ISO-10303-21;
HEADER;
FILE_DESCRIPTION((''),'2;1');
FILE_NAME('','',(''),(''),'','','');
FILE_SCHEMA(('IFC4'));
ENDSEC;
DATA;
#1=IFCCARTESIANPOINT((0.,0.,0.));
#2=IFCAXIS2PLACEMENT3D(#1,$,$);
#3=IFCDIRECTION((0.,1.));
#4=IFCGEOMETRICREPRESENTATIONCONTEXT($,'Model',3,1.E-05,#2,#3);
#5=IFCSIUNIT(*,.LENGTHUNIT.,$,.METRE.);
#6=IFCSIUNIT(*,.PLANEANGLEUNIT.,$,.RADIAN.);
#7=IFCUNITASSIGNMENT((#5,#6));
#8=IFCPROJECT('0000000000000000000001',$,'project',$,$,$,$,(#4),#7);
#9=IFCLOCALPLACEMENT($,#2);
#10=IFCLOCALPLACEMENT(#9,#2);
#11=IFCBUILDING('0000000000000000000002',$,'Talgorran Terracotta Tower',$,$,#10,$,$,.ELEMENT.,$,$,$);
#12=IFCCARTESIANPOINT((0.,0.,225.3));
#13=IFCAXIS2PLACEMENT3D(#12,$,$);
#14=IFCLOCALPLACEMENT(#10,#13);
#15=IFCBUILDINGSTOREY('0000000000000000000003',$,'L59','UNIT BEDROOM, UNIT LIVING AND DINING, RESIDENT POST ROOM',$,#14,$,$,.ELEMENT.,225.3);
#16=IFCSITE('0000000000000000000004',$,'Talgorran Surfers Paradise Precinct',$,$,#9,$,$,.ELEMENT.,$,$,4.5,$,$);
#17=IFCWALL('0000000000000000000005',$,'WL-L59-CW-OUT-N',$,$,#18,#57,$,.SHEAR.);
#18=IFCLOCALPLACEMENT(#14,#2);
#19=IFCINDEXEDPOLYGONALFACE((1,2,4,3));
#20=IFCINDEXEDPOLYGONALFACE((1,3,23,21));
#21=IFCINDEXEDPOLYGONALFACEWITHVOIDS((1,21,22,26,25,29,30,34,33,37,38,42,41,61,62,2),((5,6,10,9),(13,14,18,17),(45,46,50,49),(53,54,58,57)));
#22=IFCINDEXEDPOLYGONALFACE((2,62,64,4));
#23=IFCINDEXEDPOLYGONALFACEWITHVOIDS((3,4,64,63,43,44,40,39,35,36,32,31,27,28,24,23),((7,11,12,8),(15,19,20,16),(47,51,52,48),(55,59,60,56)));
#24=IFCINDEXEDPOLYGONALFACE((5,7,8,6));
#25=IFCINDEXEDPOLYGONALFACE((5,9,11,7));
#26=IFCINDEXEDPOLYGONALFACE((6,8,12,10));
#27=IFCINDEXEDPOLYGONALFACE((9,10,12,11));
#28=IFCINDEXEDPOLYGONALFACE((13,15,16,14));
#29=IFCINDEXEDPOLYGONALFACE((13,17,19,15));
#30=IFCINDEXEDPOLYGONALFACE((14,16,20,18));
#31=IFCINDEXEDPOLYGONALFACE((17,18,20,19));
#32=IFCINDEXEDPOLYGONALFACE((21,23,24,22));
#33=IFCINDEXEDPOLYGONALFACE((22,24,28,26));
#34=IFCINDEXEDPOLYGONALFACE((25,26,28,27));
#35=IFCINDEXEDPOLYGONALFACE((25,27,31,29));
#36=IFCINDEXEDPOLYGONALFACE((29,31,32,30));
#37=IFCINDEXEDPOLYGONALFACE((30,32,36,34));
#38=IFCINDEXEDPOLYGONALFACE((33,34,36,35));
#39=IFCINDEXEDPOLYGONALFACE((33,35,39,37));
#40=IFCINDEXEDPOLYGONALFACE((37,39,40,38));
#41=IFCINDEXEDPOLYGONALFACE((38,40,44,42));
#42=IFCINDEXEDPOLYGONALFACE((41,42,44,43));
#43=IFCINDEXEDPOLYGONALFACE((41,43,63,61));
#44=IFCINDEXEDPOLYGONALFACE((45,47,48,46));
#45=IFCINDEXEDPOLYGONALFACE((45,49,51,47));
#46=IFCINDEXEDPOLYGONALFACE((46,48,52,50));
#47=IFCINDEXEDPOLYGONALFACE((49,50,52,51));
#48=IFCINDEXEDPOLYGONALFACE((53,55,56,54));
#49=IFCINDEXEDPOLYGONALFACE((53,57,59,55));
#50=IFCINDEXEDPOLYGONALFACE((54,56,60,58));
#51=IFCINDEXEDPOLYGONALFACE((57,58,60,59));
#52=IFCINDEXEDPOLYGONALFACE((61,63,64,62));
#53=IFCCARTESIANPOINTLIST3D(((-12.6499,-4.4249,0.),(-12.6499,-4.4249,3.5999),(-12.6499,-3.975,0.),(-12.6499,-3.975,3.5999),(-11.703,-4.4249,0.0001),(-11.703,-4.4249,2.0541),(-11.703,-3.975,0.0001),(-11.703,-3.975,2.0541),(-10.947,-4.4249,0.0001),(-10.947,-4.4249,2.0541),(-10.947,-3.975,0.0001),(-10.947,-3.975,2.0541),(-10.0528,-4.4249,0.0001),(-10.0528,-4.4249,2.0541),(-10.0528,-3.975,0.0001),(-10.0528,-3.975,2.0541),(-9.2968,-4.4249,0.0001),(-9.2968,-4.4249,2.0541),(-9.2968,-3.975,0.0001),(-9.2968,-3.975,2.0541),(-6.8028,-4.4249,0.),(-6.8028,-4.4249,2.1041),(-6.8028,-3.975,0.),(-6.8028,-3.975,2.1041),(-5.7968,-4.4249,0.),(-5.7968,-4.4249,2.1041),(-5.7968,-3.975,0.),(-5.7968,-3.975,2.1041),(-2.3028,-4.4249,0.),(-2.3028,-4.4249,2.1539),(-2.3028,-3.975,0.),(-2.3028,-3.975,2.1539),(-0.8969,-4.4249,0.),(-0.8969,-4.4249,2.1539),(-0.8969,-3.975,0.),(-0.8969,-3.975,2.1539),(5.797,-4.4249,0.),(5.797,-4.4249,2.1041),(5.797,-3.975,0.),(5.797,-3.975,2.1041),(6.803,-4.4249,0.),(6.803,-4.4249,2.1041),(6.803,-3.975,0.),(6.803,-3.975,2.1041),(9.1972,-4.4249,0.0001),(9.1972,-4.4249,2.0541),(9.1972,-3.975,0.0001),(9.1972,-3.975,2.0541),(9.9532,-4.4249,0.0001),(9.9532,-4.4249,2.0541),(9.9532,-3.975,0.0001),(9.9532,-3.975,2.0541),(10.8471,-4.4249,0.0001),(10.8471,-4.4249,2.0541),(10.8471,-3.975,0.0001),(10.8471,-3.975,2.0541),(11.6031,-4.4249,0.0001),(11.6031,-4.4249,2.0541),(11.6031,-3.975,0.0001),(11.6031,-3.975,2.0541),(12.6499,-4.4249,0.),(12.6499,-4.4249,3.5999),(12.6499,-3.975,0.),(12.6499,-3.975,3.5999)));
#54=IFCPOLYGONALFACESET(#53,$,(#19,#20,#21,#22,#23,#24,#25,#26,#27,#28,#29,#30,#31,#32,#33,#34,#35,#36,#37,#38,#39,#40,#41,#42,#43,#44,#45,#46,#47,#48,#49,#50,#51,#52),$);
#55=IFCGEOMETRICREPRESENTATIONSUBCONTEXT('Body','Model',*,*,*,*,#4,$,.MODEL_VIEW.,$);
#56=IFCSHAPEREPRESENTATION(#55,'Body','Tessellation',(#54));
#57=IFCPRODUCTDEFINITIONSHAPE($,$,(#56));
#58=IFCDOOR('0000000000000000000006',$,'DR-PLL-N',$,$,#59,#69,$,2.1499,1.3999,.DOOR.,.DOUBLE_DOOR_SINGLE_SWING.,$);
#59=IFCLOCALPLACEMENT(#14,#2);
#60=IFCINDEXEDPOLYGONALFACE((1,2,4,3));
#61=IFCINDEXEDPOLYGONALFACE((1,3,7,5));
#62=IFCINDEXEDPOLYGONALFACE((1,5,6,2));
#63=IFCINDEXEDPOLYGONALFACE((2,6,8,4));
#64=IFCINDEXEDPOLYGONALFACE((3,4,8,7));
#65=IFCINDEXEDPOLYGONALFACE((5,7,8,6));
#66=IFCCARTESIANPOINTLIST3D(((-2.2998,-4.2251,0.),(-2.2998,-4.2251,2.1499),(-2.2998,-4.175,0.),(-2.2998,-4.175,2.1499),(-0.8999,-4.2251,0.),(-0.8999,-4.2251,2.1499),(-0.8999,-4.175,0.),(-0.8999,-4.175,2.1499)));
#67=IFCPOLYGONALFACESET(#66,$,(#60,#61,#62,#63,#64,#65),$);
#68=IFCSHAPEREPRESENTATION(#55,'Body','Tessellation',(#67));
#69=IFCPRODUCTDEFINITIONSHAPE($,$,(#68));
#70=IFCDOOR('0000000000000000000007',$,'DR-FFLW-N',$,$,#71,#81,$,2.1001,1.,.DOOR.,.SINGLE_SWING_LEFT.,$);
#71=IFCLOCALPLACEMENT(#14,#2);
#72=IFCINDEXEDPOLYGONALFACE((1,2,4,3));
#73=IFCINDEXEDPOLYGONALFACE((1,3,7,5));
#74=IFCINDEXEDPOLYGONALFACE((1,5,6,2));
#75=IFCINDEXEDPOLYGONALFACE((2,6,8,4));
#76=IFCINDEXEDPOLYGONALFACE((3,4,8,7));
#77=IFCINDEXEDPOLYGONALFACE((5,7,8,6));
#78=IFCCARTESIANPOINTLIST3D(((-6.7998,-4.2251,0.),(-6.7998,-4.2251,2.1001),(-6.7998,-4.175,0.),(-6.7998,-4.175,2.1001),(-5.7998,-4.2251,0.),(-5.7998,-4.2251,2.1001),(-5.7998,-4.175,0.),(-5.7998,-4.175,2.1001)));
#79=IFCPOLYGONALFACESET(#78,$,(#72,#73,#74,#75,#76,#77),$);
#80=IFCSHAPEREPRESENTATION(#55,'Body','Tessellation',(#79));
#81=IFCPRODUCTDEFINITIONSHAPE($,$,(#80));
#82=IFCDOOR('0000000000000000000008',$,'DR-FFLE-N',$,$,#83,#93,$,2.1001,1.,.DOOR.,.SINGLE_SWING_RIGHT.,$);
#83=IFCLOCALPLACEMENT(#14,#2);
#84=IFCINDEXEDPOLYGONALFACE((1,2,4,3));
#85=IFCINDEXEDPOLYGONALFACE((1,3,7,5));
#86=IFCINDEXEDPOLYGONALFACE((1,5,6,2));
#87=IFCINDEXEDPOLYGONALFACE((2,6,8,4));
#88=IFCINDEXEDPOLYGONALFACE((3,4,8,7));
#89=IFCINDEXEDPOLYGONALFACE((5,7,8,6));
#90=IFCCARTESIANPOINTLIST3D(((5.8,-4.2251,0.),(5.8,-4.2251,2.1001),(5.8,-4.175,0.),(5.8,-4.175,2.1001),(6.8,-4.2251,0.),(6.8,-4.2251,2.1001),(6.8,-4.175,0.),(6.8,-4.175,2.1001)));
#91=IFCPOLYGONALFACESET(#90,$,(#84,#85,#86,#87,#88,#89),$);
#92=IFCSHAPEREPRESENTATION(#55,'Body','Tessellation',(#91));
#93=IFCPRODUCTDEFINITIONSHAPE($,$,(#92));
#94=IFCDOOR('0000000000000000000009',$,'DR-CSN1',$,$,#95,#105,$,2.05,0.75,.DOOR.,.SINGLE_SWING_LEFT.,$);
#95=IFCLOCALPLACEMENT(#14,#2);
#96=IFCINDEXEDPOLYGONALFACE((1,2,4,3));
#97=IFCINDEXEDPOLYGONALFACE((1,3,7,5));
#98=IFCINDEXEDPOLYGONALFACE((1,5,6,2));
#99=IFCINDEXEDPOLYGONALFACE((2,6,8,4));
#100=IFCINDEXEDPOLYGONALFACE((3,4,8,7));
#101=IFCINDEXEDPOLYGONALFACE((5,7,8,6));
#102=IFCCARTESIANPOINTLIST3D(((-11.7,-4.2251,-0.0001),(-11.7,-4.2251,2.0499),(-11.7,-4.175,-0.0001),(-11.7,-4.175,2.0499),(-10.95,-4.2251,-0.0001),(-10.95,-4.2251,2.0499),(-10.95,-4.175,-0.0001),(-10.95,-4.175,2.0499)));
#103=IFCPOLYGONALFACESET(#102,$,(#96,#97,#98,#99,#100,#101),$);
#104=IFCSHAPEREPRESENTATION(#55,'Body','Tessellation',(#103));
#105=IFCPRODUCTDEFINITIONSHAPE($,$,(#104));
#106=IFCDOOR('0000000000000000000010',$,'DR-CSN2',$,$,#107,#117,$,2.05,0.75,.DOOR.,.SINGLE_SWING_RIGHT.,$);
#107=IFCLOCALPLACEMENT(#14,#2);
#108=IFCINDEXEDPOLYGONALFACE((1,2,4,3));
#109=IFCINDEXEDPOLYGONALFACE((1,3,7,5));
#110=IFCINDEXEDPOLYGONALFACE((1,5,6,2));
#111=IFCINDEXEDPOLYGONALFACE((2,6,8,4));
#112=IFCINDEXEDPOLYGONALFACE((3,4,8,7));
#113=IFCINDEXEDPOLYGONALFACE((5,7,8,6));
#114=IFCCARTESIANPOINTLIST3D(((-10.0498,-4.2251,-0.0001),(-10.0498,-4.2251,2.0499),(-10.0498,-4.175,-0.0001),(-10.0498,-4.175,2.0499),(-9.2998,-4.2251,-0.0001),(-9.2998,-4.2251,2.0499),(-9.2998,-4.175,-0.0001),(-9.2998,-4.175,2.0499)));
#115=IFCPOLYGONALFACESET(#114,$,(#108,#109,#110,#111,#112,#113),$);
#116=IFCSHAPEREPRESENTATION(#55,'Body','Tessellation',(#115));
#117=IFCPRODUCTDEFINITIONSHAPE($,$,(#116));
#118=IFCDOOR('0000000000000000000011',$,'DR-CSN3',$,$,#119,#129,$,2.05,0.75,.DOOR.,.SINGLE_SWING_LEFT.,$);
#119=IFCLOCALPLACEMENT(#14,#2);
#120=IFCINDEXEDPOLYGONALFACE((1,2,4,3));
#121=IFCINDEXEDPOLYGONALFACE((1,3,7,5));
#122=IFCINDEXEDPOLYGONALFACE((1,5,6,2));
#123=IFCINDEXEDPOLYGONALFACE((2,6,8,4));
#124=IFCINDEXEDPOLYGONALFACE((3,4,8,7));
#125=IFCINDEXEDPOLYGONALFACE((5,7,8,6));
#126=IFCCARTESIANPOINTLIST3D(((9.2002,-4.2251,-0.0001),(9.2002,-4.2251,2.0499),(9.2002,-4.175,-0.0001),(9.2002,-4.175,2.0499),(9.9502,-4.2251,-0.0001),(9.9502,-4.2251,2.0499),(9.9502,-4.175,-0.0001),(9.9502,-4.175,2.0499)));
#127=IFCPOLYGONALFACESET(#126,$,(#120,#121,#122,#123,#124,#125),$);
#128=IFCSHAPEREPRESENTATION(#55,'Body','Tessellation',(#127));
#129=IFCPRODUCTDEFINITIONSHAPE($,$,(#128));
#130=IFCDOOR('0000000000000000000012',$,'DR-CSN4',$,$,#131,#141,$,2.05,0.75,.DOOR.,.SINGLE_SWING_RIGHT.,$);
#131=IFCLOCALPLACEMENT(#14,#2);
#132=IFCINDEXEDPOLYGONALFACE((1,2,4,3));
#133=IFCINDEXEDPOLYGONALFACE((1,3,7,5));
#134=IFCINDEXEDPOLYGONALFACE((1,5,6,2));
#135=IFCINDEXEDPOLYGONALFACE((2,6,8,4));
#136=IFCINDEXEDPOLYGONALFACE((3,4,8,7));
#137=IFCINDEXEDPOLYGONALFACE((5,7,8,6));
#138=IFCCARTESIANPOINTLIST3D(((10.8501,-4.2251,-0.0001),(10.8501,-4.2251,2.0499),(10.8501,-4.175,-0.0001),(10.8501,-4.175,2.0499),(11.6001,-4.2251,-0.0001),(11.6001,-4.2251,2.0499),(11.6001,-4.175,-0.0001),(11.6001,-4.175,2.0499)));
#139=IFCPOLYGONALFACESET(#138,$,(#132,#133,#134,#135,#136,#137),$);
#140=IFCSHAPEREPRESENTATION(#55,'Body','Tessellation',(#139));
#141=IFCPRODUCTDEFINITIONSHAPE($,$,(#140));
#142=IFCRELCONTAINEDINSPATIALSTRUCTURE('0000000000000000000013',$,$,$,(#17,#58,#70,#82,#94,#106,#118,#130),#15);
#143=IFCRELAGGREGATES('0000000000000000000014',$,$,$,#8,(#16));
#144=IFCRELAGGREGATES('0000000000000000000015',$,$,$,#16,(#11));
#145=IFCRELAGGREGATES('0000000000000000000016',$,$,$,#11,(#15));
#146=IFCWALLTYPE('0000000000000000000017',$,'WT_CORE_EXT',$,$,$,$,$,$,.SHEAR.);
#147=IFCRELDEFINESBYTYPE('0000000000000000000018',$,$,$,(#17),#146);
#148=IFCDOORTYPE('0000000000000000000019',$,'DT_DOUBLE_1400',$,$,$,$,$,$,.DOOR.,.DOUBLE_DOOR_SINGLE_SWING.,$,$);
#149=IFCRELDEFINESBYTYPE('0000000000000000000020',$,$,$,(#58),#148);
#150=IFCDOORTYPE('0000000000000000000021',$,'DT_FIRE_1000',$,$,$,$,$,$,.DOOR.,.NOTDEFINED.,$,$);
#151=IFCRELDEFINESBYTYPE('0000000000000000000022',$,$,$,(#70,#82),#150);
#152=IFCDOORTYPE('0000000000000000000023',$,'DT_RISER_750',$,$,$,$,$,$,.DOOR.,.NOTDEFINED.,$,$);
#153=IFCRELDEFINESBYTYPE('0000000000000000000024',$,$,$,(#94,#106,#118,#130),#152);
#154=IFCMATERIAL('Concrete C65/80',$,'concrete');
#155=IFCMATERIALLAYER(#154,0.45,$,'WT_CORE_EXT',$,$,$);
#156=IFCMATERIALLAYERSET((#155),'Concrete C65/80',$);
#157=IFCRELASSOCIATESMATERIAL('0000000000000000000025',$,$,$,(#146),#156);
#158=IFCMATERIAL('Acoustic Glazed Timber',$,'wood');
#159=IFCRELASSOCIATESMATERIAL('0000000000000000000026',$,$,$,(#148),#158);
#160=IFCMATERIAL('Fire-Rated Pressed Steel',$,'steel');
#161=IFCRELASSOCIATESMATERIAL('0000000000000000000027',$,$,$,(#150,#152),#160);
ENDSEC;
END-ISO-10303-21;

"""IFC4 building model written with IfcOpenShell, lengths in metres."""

from ifc_helpers import new_model, si_unit, direction, frame, frame_2d, origin, place, context, subcontext, project, spatial, rectangle, extrude, material, layer, layer_set, type_object, element, fill, save


model = new_model("IFC4")

# Units and contexts
model_context = context("Model", 3, precision=1e-05, world=origin(), true_north=direction((0.0, 1.0)))
body_context = subcontext(model_context, "Body", "Model", "MODEL_VIEW")
ifc_project = project(units=[si_unit("LENGTHUNIT", "METRE"), si_unit("PLANEANGLEUNIT", "RADIAN")], contexts=[model_context])

# Site, building, storey
site_placement = place(None, origin())
site = spatial("IfcSite", under=ifc_project, at=site_placement, Name="Talgorran Surfers Paradise Precinct", CompositionType="ELEMENT", RefElevation=4.5)
building_placement = place(site_placement, origin())
building = spatial("IfcBuilding", under=site, at=building_placement, Name="Talgorran Terracotta Tower", CompositionType="ELEMENT")
storey_placement = place(building_placement, frame((0.0, 0.0, 225.3)))
storey = spatial("IfcBuildingStorey", under=building, at=storey_placement, Name="L59", Description="UNIT BEDROOM, UNIT LIVING AND DINING, RESIDENT POST ROOM", CompositionType="ELEMENT", Elevation=225.3)

# Wall, openings, doors
ifc_material_1 = material(Name="Concrete C65/80", Category="concrete")
ifc_layer_1 = layer(ifc_material_1, 0.45, Name="WT_CORE_EXT")
ifc_layer_set_1 = layer_set([ifc_layer_1], Name="Concrete C65/80")
wall_type_1 = type_object("IfcWallType", Name="WT_CORE_EXT", PredefinedType="SHEAR", material=ifc_layer_set_1)
wall_1_placement = place(storey_placement, frame((-12.6499, -4.2, 0.0), z_axis=(0.0, 0.0, 1.0), x_axis=(1.0, 0.0, 0.0)))
wall_1 = element("IfcWall", 1, at=wall_1_placement, inside=storey, type_object=wall_type_1, Name="WL-L59-CW-OUT-N", PredefinedType="SHEAR", context=body_context, shape_type="SweptSolid", body=[
    extrude(rectangle(XDim=25.2998, YDim=0.45, at=frame_2d((12.6499, 0.0))), origin(), (0.0, 0.0, 1.0), 3.5999),
])
opening_1_placement = place(wall_1_placement, frame((0.95, 0.0, 0.0)))
opening_1 = element("IfcOpeningElement", 2, at=opening_1_placement, cuts=wall_1, PredefinedType="OPENING", context=body_context, shape_type="SweptSolid", body=[
    extrude(rectangle(XDim=0.756, YDim=2.054, at=frame_2d((0.375, 1.0271))), frame((0.0, 0.2349, 0.0), z_axis=(0.0, -1.0, 0.0), x_axis=(1.0, 0.0, 0.0)), (0.0, 0.0, 1.0), 0.47),
])
opening_2_placement = place(wall_1_placement, frame((2.6001, 0.0, 0.0)))
opening_2 = element("IfcOpeningElement", 3, at=opening_2_placement, cuts=wall_1, PredefinedType="OPENING", context=body_context, shape_type="SweptSolid", body=[
    extrude(rectangle(XDim=0.756, YDim=2.054, at=frame_2d((0.375, 1.0271))), frame((0.0, 0.2349, 0.0), z_axis=(0.0, -1.0, 0.0), x_axis=(1.0, 0.0, 0.0)), (0.0, 0.0, 1.0), 0.47),
])
opening_3_placement = place(wall_1_placement, frame((21.8501, 0.0, 0.0)))
opening_3 = element("IfcOpeningElement", 4, at=opening_3_placement, cuts=wall_1, PredefinedType="OPENING", context=body_context, shape_type="SweptSolid", body=[
    extrude(rectangle(XDim=0.756, YDim=2.054, at=frame_2d((0.375, 1.0271))), frame((0.0, 0.2349, 0.0), z_axis=(0.0, -1.0, 0.0), x_axis=(1.0, 0.0, 0.0)), (0.0, 0.0, 1.0), 0.47),
])
opening_4_placement = place(wall_1_placement, frame((23.5, 0.0, 0.0)))
opening_4 = element("IfcOpeningElement", 5, at=opening_4_placement, cuts=wall_1, PredefinedType="OPENING", context=body_context, shape_type="SweptSolid", body=[
    extrude(rectangle(XDim=0.756, YDim=2.054, at=frame_2d((0.375, 1.0271))), frame((0.0, 0.2349, 0.0), z_axis=(0.0, -1.0, 0.0), x_axis=(1.0, 0.0, 0.0)), (0.0, 0.0, 1.0), 0.47),
])
opening_5_placement = place(wall_1_placement, frame((5.8501, 0.0, 0.0)))
opening_5 = element("IfcOpeningElement", 6, at=opening_5_placement, cuts=wall_1, PredefinedType="OPENING", context=body_context, shape_type="SweptSolid", body=[
    extrude(rectangle(XDim=1.006, YDim=2.1041, at=frame_2d((0.5, 1.052))), frame((0.0, 0.2349, 0.0), z_axis=(0.0, -1.0, 0.0), x_axis=(1.0, 0.0, 0.0)), (0.0, 0.0, 1.0), 0.47),
])
opening_6_placement = place(wall_1_placement, frame((10.3501, 0.0, 0.0)))
opening_6 = element("IfcOpeningElement", 7, at=opening_6_placement, cuts=wall_1, PredefinedType="OPENING", context=body_context, shape_type="SweptSolid", body=[
    extrude(rectangle(XDim=1.4059, YDim=2.1539, at=frame_2d((0.7, 1.0769))), frame((0.0, 0.2349, 0.0), z_axis=(0.0, -1.0, 0.0), x_axis=(1.0, 0.0, 0.0)), (0.0, 0.0, 1.0), 0.47),
])
opening_7_placement = place(wall_1_placement, frame((18.45, 0.0, 0.0)))
opening_7 = element("IfcOpeningElement", 8, at=opening_7_placement, cuts=wall_1, PredefinedType="OPENING", context=body_context, shape_type="SweptSolid", body=[
    extrude(rectangle(XDim=1.006, YDim=2.1041, at=frame_2d((0.5, 1.052))), frame((0.0, 0.2349, 0.0), z_axis=(0.0, -1.0, 0.0), x_axis=(1.0, 0.0, 0.0)), (0.0, 0.0, 1.0), 0.47),
])
ifc_material_2 = material(Name="Acoustic Glazed Timber", Category="wood")
door_type_1 = type_object("IfcDoorType", Name="DT_DOUBLE_1400", OperationType="DOUBLE_DOOR_SINGLE_SWING", PredefinedType="DOOR", material=ifc_material_2)
door_1_placement = place(opening_6_placement, origin())
door_1 = element("IfcDoor", 9, at=door_1_placement, inside=storey, type_object=door_type_1, Name="DR-PLL-N", OperationType="DOUBLE_DOOR_SINGLE_SWING", OverallHeight=2.1499, OverallWidth=1.3999, PredefinedType="DOOR", context=body_context, shape_type="SweptSolid", body=[
    extrude(rectangle(XDim=1.3999, YDim=2.1499, at=frame_2d((0.7, 1.075))), frame((0.0, 0.0249, 0.0), z_axis=(0.0, -1.0, 0.0), x_axis=(1.0, 0.0, 0.0)), (0.0, 0.0, 1.0), 0.05),
])
fill(opening_6, door_1)
ifc_material_3 = material(Name="Fire-Rated Pressed Steel", Category="steel")
door_type_2 = type_object("IfcDoorType", Name="DT_FIRE_1000", OperationType="NOTDEFINED", PredefinedType="DOOR", material=ifc_material_3)
door_2_placement = place(opening_5_placement, origin())
door_2 = element("IfcDoor", 10, at=door_2_placement, inside=storey, type_object=door_type_2, Name="DR-FFLW-N", OperationType="SINGLE_SWING_LEFT", OverallHeight=2.1001, OverallWidth=1.0, PredefinedType="DOOR", context=body_context, shape_type="SweptSolid", body=[
    extrude(rectangle(XDim=1.0, YDim=2.1001, at=frame_2d((0.5, 1.05))), frame((0.0, 0.0249, 0.0), z_axis=(0.0, -1.0, 0.0), x_axis=(1.0, 0.0, 0.0)), (0.0, 0.0, 1.0), 0.05),
])
fill(opening_5, door_2)
door_3_placement = place(opening_7_placement, origin())
door_3 = element("IfcDoor", 11, at=door_3_placement, inside=storey, type_object=door_type_2, Name="DR-FFLE-N", OperationType="SINGLE_SWING_RIGHT", OverallHeight=2.1001, OverallWidth=1.0, PredefinedType="DOOR", context=body_context, shape_type="SweptSolid", body=[
    extrude(rectangle(XDim=1.0, YDim=2.1001, at=frame_2d((0.5, 1.05))), frame((0.0, 0.0249, 0.0), z_axis=(0.0, -1.0, 0.0), x_axis=(1.0, 0.0, 0.0)), (0.0, 0.0, 1.0), 0.05),
])
fill(opening_7, door_3)
door_type_3 = type_object("IfcDoorType", Name="DT_RISER_750", OperationType="NOTDEFINED", PredefinedType="DOOR", material=ifc_material_3)
door_4_placement = place(opening_1_placement, origin())
door_4 = element("IfcDoor", 12, at=door_4_placement, inside=storey, type_object=door_type_3, Name="DR-CSN1", OperationType="SINGLE_SWING_LEFT", OverallHeight=2.05, OverallWidth=0.75, PredefinedType="DOOR", context=body_context, shape_type="SweptSolid", body=[
    extrude(rectangle(XDim=0.75, YDim=2.05, at=frame_2d((0.375, 1.0249))), frame((0.0, 0.0249, 0.0), z_axis=(0.0, -1.0, 0.0), x_axis=(1.0, 0.0, 0.0)), (0.0, 0.0, 1.0), 0.05),
])
fill(opening_1, door_4)
door_5_placement = place(opening_2_placement, origin())
door_5 = element("IfcDoor", 13, at=door_5_placement, inside=storey, type_object=door_type_3, Name="DR-CSN2", OperationType="SINGLE_SWING_RIGHT", OverallHeight=2.05, OverallWidth=0.75, PredefinedType="DOOR", context=body_context, shape_type="SweptSolid", body=[
    extrude(rectangle(XDim=0.75, YDim=2.05, at=frame_2d((0.375, 1.0249))), frame((0.0, 0.0249, 0.0), z_axis=(0.0, -1.0, 0.0), x_axis=(1.0, 0.0, 0.0)), (0.0, 0.0, 1.0), 0.05),
])
fill(opening_2, door_5)
door_6_placement = place(opening_3_placement, origin())
door_6 = element("IfcDoor", 14, at=door_6_placement, inside=storey, type_object=door_type_3, Name="DR-CSN3", OperationType="SINGLE_SWING_LEFT", OverallHeight=2.05, OverallWidth=0.75, PredefinedType="DOOR", context=body_context, shape_type="SweptSolid", body=[
    extrude(rectangle(XDim=0.75, YDim=2.05, at=frame_2d((0.375, 1.0249))), frame((0.0, 0.0249, 0.0), z_axis=(0.0, -1.0, 0.0), x_axis=(1.0, 0.0, 0.0)), (0.0, 0.0, 1.0), 0.05),
])
fill(opening_3, door_6)
door_7_placement = place(opening_4_placement, origin())
door_7 = element("IfcDoor", 15, at=door_7_placement, inside=storey, type_object=door_type_3, Name="DR-CSN4", OperationType="SINGLE_SWING_RIGHT", OverallHeight=2.05, OverallWidth=0.75, PredefinedType="DOOR", context=body_context, shape_type="SweptSolid", body=[
    extrude(rectangle(XDim=0.75, YDim=2.05, at=frame_2d((0.375, 1.0249))), frame((0.0, 0.0249, 0.0), z_axis=(0.0, -1.0, 0.0), x_axis=(1.0, 0.0, 0.0)), (0.0, 0.0, 1.0), 0.05),
])
fill(opening_4, door_7)

save(model, "model.ifc")
